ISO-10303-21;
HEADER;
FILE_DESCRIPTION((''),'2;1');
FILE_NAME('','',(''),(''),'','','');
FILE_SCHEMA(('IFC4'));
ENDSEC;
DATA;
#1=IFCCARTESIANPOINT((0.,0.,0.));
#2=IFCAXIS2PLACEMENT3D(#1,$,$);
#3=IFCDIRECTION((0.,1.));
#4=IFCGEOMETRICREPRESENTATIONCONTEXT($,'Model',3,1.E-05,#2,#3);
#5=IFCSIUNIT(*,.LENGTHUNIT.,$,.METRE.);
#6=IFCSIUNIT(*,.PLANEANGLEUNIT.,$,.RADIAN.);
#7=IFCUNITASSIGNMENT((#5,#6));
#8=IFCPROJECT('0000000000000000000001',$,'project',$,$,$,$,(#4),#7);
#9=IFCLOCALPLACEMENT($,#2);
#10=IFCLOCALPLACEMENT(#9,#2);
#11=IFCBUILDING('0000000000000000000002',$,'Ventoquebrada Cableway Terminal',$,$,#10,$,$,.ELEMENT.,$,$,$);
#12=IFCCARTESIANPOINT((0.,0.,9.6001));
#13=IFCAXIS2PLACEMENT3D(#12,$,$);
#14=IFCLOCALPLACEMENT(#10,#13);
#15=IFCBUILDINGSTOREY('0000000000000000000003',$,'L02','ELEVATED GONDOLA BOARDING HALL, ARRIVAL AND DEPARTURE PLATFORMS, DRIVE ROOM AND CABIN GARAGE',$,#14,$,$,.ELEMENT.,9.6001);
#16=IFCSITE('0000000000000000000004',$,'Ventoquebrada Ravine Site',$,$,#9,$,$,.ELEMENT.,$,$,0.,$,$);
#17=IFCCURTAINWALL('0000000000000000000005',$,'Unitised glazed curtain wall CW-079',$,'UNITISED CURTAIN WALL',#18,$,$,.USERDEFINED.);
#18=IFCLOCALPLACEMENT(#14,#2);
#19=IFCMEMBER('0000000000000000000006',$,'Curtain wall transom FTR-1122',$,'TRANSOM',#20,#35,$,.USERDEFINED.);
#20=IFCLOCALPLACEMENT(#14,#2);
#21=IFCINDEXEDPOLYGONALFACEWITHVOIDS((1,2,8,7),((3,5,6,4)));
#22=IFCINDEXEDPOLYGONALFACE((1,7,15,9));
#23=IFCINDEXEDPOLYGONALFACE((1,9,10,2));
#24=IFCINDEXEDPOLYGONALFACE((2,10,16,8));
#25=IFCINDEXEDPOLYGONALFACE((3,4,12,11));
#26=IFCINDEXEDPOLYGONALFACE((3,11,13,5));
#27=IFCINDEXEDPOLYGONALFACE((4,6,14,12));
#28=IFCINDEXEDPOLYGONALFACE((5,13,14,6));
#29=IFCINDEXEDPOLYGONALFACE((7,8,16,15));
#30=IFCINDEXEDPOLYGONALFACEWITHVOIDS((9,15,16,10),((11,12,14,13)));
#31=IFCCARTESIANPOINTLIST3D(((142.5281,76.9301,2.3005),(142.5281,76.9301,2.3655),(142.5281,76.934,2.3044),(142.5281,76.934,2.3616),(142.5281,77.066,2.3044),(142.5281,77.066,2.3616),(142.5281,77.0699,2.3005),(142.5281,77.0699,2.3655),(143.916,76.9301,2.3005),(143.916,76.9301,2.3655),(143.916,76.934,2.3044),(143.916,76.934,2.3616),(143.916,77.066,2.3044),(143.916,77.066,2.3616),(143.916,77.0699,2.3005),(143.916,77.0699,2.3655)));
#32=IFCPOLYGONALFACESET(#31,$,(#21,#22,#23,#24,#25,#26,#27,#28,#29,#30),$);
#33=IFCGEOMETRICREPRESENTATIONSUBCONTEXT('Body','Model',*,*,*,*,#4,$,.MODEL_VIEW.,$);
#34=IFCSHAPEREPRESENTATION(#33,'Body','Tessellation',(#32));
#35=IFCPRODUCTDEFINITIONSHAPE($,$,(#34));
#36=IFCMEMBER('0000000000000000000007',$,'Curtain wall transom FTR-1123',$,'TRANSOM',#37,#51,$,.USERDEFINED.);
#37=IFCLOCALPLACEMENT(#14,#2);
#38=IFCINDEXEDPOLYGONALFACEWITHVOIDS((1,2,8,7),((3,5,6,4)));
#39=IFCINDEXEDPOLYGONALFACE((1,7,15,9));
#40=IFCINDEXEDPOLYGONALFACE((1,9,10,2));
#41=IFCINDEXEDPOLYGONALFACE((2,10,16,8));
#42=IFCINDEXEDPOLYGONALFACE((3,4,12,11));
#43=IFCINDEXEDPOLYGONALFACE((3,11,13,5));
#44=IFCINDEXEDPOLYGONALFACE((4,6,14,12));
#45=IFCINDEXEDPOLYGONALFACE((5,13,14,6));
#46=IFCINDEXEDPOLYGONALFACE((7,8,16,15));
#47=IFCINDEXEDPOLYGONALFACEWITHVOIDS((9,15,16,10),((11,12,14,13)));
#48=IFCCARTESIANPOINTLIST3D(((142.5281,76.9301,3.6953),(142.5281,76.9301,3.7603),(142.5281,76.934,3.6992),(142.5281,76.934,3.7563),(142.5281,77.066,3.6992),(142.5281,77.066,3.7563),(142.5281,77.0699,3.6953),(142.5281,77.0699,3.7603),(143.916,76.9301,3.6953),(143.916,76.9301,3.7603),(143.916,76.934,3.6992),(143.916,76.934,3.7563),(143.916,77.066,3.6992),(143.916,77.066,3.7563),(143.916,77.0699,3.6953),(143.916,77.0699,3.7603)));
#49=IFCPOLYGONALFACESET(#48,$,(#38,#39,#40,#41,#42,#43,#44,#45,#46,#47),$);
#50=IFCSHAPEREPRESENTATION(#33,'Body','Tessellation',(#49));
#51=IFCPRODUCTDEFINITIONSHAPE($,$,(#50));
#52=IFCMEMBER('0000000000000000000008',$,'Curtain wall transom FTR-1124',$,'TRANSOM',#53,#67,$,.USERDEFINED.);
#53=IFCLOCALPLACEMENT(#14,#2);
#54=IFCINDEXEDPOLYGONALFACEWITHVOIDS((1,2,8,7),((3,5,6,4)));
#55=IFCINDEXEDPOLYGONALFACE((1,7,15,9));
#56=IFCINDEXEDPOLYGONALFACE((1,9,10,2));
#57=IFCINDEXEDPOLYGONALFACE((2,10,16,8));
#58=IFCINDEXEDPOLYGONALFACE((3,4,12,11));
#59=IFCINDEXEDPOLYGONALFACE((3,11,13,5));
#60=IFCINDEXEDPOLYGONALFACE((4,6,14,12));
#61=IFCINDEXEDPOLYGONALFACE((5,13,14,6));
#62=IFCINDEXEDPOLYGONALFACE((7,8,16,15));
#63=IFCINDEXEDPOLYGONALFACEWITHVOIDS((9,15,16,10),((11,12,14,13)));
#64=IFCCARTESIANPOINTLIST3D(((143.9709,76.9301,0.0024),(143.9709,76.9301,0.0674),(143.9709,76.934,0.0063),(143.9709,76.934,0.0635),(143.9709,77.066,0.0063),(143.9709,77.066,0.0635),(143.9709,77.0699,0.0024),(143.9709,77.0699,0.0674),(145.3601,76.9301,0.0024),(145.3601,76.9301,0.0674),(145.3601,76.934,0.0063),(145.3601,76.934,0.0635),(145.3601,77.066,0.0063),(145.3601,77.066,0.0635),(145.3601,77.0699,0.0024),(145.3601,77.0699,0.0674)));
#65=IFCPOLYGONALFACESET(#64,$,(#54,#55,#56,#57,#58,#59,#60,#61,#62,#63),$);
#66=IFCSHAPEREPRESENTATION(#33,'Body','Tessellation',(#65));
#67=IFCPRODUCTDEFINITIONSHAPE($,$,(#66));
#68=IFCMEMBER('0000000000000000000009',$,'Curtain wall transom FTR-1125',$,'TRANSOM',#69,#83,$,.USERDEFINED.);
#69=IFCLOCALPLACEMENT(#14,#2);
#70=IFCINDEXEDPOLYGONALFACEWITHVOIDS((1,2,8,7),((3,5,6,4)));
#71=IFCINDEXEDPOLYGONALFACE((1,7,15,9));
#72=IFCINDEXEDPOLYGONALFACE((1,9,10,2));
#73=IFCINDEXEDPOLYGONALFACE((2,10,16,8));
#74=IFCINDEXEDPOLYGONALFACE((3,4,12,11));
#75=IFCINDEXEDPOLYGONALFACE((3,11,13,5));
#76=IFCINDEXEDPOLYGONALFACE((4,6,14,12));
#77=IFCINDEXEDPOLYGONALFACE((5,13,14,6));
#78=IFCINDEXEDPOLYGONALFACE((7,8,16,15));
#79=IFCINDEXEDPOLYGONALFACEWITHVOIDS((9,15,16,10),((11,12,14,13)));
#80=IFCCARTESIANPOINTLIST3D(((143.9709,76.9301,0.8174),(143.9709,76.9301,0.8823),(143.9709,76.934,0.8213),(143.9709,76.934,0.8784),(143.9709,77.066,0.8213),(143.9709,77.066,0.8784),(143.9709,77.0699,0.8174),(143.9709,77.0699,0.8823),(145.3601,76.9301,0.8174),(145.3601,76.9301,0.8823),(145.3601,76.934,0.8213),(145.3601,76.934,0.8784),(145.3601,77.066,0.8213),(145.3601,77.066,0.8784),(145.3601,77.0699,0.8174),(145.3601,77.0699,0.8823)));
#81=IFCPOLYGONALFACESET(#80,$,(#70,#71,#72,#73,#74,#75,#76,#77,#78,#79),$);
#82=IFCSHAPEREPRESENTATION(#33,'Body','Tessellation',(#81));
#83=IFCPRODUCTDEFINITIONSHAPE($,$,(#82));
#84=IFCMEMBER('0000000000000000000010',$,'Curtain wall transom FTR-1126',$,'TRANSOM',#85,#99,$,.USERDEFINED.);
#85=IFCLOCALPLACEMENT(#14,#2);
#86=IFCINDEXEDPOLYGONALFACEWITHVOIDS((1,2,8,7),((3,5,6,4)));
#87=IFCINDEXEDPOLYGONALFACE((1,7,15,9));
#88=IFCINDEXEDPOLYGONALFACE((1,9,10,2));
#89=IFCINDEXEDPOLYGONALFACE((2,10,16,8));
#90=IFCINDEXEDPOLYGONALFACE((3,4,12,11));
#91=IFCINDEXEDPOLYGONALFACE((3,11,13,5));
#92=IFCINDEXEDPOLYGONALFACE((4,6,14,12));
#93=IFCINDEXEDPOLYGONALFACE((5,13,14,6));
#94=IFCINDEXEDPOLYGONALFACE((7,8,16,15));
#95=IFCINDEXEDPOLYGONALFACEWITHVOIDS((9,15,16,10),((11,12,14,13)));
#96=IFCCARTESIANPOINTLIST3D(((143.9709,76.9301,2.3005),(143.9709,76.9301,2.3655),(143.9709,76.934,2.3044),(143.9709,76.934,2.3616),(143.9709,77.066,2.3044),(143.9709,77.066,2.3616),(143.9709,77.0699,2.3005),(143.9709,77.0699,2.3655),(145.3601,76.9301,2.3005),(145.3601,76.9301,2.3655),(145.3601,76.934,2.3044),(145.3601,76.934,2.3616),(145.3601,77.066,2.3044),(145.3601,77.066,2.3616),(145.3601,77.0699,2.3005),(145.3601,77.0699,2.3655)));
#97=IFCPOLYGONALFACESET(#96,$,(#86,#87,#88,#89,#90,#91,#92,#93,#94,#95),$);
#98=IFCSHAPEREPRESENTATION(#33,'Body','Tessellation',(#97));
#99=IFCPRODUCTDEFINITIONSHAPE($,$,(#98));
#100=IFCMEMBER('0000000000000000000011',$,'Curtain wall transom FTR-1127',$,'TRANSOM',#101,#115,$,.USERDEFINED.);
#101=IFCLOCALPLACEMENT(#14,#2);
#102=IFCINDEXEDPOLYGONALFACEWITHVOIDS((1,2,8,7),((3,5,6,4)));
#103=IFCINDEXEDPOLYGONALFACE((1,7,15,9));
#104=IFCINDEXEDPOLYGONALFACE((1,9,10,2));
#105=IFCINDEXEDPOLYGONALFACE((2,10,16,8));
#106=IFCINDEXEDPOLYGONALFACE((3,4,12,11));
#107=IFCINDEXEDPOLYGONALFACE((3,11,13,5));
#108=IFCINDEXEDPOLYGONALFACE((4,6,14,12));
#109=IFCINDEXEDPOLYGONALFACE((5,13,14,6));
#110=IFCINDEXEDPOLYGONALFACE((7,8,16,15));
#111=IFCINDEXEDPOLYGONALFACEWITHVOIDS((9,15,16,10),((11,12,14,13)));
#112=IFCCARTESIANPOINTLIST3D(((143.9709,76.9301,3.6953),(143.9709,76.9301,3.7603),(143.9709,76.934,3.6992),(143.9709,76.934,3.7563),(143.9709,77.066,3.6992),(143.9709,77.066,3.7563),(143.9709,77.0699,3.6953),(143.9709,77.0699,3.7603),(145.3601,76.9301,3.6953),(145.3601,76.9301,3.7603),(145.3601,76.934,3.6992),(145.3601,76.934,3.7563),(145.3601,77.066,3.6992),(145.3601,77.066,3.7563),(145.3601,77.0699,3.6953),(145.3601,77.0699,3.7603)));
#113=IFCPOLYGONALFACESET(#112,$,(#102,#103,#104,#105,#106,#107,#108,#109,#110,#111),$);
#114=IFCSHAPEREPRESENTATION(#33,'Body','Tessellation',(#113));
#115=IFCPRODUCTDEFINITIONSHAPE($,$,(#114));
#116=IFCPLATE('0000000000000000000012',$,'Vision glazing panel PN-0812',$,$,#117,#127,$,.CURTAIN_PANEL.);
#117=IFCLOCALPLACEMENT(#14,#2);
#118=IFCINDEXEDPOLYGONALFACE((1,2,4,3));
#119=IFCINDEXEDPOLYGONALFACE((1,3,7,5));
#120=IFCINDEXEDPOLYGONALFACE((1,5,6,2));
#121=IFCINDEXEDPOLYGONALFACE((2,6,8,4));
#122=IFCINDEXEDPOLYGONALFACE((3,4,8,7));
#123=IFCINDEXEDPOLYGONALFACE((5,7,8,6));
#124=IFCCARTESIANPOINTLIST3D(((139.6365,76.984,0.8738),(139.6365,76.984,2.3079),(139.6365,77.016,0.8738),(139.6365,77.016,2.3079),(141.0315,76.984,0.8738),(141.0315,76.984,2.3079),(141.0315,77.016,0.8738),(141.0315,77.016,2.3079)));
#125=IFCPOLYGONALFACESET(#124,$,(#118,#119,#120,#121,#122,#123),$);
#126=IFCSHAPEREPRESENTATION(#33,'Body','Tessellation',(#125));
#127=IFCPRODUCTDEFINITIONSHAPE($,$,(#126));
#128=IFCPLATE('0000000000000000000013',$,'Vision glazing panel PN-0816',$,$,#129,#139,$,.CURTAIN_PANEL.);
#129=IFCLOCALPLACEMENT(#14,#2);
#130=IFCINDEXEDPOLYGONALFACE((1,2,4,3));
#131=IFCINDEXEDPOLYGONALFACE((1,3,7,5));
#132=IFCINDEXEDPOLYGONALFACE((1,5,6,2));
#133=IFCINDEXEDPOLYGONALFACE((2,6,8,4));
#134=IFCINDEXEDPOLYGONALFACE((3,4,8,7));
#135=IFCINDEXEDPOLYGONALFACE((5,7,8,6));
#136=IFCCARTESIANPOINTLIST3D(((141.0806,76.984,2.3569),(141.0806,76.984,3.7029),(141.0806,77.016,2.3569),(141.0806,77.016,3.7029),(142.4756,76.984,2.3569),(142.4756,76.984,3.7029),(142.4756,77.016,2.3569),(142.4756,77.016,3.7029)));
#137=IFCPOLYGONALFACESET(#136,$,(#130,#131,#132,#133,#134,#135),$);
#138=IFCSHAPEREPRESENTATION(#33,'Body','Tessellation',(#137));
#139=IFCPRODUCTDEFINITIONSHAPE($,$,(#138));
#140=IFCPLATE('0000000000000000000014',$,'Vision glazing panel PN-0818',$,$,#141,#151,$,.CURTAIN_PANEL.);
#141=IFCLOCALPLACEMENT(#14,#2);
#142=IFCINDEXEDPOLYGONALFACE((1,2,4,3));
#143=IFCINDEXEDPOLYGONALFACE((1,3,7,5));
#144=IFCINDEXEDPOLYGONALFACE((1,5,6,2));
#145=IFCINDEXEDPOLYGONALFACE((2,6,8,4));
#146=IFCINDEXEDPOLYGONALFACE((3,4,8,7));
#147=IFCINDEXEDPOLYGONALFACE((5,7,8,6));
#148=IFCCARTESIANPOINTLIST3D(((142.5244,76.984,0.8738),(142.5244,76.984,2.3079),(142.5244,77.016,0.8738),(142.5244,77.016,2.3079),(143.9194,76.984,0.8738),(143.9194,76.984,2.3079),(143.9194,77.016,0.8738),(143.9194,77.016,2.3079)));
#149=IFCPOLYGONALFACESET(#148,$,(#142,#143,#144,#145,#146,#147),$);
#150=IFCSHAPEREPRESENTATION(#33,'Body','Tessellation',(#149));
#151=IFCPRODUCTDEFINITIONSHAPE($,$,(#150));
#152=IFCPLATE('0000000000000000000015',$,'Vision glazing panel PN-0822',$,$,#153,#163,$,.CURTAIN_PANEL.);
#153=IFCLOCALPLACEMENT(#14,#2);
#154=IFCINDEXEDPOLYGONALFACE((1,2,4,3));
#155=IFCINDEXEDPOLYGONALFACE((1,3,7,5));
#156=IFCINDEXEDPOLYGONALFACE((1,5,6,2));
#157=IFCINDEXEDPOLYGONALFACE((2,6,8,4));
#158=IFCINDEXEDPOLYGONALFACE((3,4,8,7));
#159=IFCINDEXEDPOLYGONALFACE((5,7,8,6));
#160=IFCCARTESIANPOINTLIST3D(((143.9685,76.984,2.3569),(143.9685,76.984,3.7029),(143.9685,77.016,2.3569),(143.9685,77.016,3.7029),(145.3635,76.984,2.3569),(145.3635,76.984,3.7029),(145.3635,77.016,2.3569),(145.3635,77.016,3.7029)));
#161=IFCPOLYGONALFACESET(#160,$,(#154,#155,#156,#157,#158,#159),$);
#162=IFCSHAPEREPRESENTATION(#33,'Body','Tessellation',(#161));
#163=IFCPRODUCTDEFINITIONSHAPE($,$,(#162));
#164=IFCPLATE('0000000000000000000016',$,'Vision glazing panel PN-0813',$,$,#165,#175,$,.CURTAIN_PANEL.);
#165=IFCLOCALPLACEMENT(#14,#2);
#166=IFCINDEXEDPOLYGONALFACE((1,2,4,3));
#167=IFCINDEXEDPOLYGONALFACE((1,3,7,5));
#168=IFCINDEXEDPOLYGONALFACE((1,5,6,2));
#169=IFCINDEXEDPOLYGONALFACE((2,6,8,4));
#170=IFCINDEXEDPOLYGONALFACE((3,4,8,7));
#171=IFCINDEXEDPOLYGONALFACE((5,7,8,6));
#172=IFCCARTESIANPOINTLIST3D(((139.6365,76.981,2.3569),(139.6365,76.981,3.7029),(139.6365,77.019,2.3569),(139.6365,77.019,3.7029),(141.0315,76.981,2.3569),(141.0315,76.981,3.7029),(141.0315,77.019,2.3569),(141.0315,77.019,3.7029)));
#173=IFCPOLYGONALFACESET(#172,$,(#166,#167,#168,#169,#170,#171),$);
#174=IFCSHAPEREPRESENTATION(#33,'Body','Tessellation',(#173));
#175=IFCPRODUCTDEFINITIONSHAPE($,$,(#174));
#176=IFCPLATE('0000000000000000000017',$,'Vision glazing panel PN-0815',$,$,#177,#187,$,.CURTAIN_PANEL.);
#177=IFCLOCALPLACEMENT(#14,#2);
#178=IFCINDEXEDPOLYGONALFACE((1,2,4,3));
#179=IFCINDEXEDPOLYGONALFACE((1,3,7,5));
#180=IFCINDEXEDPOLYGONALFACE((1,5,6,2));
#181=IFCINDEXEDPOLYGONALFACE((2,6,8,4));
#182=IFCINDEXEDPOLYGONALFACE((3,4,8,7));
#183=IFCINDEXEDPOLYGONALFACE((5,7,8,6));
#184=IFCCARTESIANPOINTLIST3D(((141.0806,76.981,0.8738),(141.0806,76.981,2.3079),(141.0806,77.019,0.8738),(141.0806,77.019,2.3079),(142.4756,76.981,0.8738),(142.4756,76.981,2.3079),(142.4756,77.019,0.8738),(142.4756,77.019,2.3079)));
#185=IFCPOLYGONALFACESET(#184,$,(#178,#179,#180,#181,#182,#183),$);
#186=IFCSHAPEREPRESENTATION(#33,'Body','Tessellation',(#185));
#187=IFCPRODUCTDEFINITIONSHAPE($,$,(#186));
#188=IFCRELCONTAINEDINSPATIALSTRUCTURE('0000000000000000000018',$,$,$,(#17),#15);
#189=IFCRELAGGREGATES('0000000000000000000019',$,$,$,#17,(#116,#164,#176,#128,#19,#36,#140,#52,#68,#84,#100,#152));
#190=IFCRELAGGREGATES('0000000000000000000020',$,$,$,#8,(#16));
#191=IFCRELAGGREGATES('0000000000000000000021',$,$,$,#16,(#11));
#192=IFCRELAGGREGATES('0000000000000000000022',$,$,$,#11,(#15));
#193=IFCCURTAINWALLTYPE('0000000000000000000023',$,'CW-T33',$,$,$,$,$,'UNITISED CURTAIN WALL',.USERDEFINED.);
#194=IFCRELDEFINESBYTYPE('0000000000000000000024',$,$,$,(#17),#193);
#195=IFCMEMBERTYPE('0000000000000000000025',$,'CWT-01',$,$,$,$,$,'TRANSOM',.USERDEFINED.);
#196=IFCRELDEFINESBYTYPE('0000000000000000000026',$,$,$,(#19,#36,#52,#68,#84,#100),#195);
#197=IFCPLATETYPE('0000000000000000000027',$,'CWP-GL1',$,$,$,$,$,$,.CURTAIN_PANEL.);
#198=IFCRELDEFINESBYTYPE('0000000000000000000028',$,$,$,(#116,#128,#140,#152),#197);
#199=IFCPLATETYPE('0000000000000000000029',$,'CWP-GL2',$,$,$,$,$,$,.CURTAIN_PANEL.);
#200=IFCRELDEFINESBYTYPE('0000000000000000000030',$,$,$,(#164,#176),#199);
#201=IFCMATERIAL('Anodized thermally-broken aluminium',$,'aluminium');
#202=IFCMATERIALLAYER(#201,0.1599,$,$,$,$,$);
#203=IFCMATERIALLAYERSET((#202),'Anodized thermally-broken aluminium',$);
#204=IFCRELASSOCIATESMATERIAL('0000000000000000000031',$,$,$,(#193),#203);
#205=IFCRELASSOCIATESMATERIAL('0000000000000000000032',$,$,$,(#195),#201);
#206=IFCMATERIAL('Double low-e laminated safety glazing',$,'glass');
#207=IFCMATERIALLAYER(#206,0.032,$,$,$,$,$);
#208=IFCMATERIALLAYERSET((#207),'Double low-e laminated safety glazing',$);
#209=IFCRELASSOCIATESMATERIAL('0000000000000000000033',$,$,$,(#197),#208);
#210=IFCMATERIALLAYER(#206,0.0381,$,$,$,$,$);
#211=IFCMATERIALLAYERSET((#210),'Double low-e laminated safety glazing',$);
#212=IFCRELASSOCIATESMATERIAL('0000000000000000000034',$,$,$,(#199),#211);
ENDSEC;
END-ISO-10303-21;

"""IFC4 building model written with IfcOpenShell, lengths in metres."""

from ifc_helpers import new_model, si_unit, direction, frame, origin, origin_2d, place, context, subcontext, project, spatial, rectangle, hollow_rectangle, extrude, material, layer, layer_set, material_profile, profile_set, type_object, element, aggregate, save


model = new_model("IFC4")

# Units and contexts
model_context = context("Model", 3, precision=1e-05, world=origin(), true_north=direction((0.0, 1.0)))
body_context = subcontext(model_context, "Body", "Model", "MODEL_VIEW")
ifc_project = project(units=[si_unit("LENGTHUNIT", "METRE"), si_unit("PLANEANGLEUNIT", "RADIAN")], contexts=[model_context])

# Site, building, storey
site_placement = place(None, origin())
site = spatial("IfcSite", under=ifc_project, at=site_placement, Name="Ventoquebrada Ravine Site", CompositionType="ELEMENT", RefElevation=0.0)
building_placement = place(site_placement, origin())
building = spatial("IfcBuilding", under=site, at=building_placement, Name="Ventoquebrada Cableway Terminal", CompositionType="ELEMENT")
storey_placement = place(building_placement, frame((0.0, 0.0, 9.6001)))
storey = spatial("IfcBuildingStorey", under=building, at=storey_placement, Name="L02", Description="ELEVATED GONDOLA BOARDING HALL, ARRIVAL AND DEPARTURE PLATFORMS, DRIVE ROOM AND CABIN GARAGE", CompositionType="ELEMENT", Elevation=9.6001)

# Curtain wall, members, plates
ifc_material_1 = material(Name="Anodized thermally-broken aluminium", Category="aluminium")
ifc_layer_1 = layer(ifc_material_1, 0.1599)
ifc_layer_set_1 = layer_set([ifc_layer_1], Name="Anodized thermally-broken aluminium")
curtain_wall_type = type_object("IfcCurtainWallType", Name="CW-T33", ElementType="UNITISED CURTAIN WALL", PredefinedType="USERDEFINED", material=ifc_layer_set_1)
curtain_wall_placement = place(storey_placement, origin())
curtain_wall = element("IfcCurtainWall", 1, at=curtain_wall_placement, inside=storey, type_object=curtain_wall_type, Name="Unitised glazed curtain wall CW-079", ObjectType="UNITISED CURTAIN WALL", PredefinedType="USERDEFINED")
ifc_material_profile_1 = material_profile(ifc_material_1, hollow_rectangle(XDim=0.0649, YDim=0.1399, WallThickness=0.0039, at=origin_2d()), Name="CW-TRN-65X140")
ifc_profile_set_1 = profile_set([ifc_material_profile_1], Name="Anodized thermally-broken aluminium")
member_type_1 = type_object("IfcMemberType", Name="CWT-01", ElementType="TRANSOM", PredefinedType="USERDEFINED", material=ifc_profile_set_1)
member_1_placement = place(storey_placement, frame((142.5281, 77.0, 2.333), z_axis=(1.0, 0.0, 0.0), x_axis=(0.0, 0.0, 1.0)))
member_1 = element("IfcMember", 2, at=member_1_placement, type_object=member_type_1, Name="Curtain wall transom FTR-1122", ObjectType="TRANSOM", PredefinedType="USERDEFINED", context=body_context, shape_type="SweptSolid", body=[
    extrude(hollow_rectangle(XDim=0.0649, YDim=0.1399, WallThickness=0.0039, at=origin_2d()), origin(), (0.0, 0.0, 1.0), 1.3879),
])
member_2_placement = place(storey_placement, frame((142.5281, 77.0, 3.7278), z_axis=(1.0, 0.0, 0.0), x_axis=(0.0, 0.0, 1.0)))
member_2 = element("IfcMember", 3, at=member_2_placement, type_object=member_type_1, Name="Curtain wall transom FTR-1123", ObjectType="TRANSOM", PredefinedType="USERDEFINED", context=body_context, shape_type="SweptSolid", body=[
    extrude(hollow_rectangle(XDim=0.0649, YDim=0.1399, WallThickness=0.0039, at=origin_2d()), origin(), (0.0, 0.0, 1.0), 1.3879),
])
member_3_placement = place(storey_placement, frame((143.9709, 77.0, 0.0349), z_axis=(1.0, 0.0, 0.0), x_axis=(0.0, 0.0, 1.0)))
member_3 = element("IfcMember", 4, at=member_3_placement, type_object=member_type_1, Name="Curtain wall transom FTR-1124", ObjectType="TRANSOM", PredefinedType="USERDEFINED", context=body_context, shape_type="SweptSolid", body=[
    extrude(hollow_rectangle(XDim=0.0649, YDim=0.1399, WallThickness=0.0039, at=origin_2d()), origin(), (0.0, 0.0, 1.0), 1.3892),
])
member_4_placement = place(storey_placement, frame((143.9709, 77.0, 0.8499), z_axis=(1.0, 0.0, 0.0), x_axis=(0.0, 0.0, 1.0)))
member_4 = element("IfcMember", 5, at=member_4_placement, type_object=member_type_1, Name="Curtain wall transom FTR-1125", ObjectType="TRANSOM", PredefinedType="USERDEFINED", context=body_context, shape_type="SweptSolid", body=[
    extrude(hollow_rectangle(XDim=0.0649, YDim=0.1399, WallThickness=0.0039, at=origin_2d()), origin(), (0.0, 0.0, 1.0), 1.3892),
])
member_5_placement = place(storey_placement, frame((143.9709, 77.0, 2.333), z_axis=(1.0, 0.0, 0.0), x_axis=(0.0, 0.0, 1.0)))
member_5 = element("IfcMember", 6, at=member_5_placement, type_object=member_type_1, Name="Curtain wall transom FTR-1126", ObjectType="TRANSOM", PredefinedType="USERDEFINED", context=body_context, shape_type="SweptSolid", body=[
    extrude(hollow_rectangle(XDim=0.0649, YDim=0.1399, WallThickness=0.0039, at=origin_2d()), origin(), (0.0, 0.0, 1.0), 1.3892),
])
member_6_placement = place(storey_placement, frame((143.9709, 77.0, 3.7278), z_axis=(1.0, 0.0, 0.0), x_axis=(0.0, 0.0, 1.0)))
member_6 = element("IfcMember", 7, at=member_6_placement, type_object=member_type_1, Name="Curtain wall transom FTR-1127", ObjectType="TRANSOM", PredefinedType="USERDEFINED", context=body_context, shape_type="SweptSolid", body=[
    extrude(hollow_rectangle(XDim=0.0649, YDim=0.1399, WallThickness=0.0039, at=origin_2d()), origin(), (0.0, 0.0, 1.0), 1.3892),
])
ifc_material_2 = material(Name="Double low-e laminated safety glazing", Category="glass")
ifc_layer_2 = layer(ifc_material_2, 0.032)
ifc_layer_set_2 = layer_set([ifc_layer_2], Name="Double low-e laminated safety glazing")
plate_type_1 = type_object("IfcPlateType", Name="CWP-GL1", PredefinedType="CURTAIN_PANEL", material=ifc_layer_set_2)
plate_1_placement = place(storey_placement, frame((140.334, 77.0, 0.8738), z_axis=(0.0, 0.0, 1.0), x_axis=(1.0, 0.0, 0.0)))
plate_1 = element("IfcPlate", 8, at=plate_1_placement, type_object=plate_type_1, Name="Vision glazing panel PN-0812", PredefinedType="CURTAIN_PANEL", context=body_context, shape_type="SweptSolid", body=[
    extrude(rectangle(XDim=1.395, YDim=0.032, at=origin_2d()), origin(), (0.0, 0.0, 1.0), 1.4341),
])
plate_2_placement = place(storey_placement, frame((141.7781, 77.0, 2.3569), z_axis=(0.0, 0.0, 1.0), x_axis=(1.0, 0.0, 0.0)))
plate_2 = element("IfcPlate", 9, at=plate_2_placement, type_object=plate_type_1, Name="Vision glazing panel PN-0816", PredefinedType="CURTAIN_PANEL", context=body_context, shape_type="SweptSolid", body=[
    extrude(rectangle(XDim=1.395, YDim=0.032, at=origin_2d()), origin(), (0.0, 0.0, 1.0), 1.3459),
])
plate_3_placement = place(storey_placement, frame((143.2219, 77.0, 0.8738), z_axis=(0.0, 0.0, 1.0), x_axis=(1.0, 0.0, 0.0)))
plate_3 = element("IfcPlate", 10, at=plate_3_placement, type_object=plate_type_1, Name="Vision glazing panel PN-0818", PredefinedType="CURTAIN_PANEL", context=body_context, shape_type="SweptSolid", body=[
    extrude(rectangle(XDim=1.395, YDim=0.032, at=origin_2d()), origin(), (0.0, 0.0, 1.0), 1.4341),
])
plate_4_placement = place(storey_placement, frame((144.666, 77.0, 2.3569), z_axis=(0.0, 0.0, 1.0), x_axis=(1.0, 0.0, 0.0)))
plate_4 = element("IfcPlate", 11, at=plate_4_placement, type_object=plate_type_1, Name="Vision glazing panel PN-0822", PredefinedType="CURTAIN_PANEL", context=body_context, shape_type="SweptSolid", body=[
    extrude(rectangle(XDim=1.395, YDim=0.032, at=origin_2d()), origin(), (0.0, 0.0, 1.0), 1.3459),
])
ifc_layer_3 = layer(ifc_material_2, 0.0381)
ifc_layer_set_3 = layer_set([ifc_layer_3], Name="Double low-e laminated safety glazing")
plate_type_2 = type_object("IfcPlateType", Name="CWP-GL2", PredefinedType="CURTAIN_PANEL", material=ifc_layer_set_3)
plate_5_placement = place(storey_placement, frame((140.334, 77.0, 2.3569), z_axis=(0.0, 0.0, 1.0), x_axis=(1.0, 0.0, 0.0)))
plate_5 = element("IfcPlate", 12, at=plate_5_placement, type_object=plate_type_2, Name="Vision glazing panel PN-0813", PredefinedType="CURTAIN_PANEL", context=body_context, shape_type="SweptSolid", body=[
    extrude(rectangle(XDim=1.395, YDim=0.0381, at=origin_2d()), origin(), (0.0, 0.0, 1.0), 1.3459),
])
plate_6_placement = place(storey_placement, frame((141.7781, 77.0, 0.8738), z_axis=(0.0, 0.0, 1.0), x_axis=(1.0, 0.0, 0.0)))
plate_6 = element("IfcPlate", 13, at=plate_6_placement, type_object=plate_type_2, Name="Vision glazing panel PN-0815", PredefinedType="CURTAIN_PANEL", context=body_context, shape_type="SweptSolid", body=[
    extrude(rectangle(XDim=1.395, YDim=0.0381, at=origin_2d()), origin(), (0.0, 0.0, 1.0), 1.4341),
])
aggregate(curtain_wall, [plate_1, plate_5, plate_6, plate_2, member_1, member_2, plate_3, member_3, member_4, member_5, member_6, plate_4])

save(model, "model.ifc")
